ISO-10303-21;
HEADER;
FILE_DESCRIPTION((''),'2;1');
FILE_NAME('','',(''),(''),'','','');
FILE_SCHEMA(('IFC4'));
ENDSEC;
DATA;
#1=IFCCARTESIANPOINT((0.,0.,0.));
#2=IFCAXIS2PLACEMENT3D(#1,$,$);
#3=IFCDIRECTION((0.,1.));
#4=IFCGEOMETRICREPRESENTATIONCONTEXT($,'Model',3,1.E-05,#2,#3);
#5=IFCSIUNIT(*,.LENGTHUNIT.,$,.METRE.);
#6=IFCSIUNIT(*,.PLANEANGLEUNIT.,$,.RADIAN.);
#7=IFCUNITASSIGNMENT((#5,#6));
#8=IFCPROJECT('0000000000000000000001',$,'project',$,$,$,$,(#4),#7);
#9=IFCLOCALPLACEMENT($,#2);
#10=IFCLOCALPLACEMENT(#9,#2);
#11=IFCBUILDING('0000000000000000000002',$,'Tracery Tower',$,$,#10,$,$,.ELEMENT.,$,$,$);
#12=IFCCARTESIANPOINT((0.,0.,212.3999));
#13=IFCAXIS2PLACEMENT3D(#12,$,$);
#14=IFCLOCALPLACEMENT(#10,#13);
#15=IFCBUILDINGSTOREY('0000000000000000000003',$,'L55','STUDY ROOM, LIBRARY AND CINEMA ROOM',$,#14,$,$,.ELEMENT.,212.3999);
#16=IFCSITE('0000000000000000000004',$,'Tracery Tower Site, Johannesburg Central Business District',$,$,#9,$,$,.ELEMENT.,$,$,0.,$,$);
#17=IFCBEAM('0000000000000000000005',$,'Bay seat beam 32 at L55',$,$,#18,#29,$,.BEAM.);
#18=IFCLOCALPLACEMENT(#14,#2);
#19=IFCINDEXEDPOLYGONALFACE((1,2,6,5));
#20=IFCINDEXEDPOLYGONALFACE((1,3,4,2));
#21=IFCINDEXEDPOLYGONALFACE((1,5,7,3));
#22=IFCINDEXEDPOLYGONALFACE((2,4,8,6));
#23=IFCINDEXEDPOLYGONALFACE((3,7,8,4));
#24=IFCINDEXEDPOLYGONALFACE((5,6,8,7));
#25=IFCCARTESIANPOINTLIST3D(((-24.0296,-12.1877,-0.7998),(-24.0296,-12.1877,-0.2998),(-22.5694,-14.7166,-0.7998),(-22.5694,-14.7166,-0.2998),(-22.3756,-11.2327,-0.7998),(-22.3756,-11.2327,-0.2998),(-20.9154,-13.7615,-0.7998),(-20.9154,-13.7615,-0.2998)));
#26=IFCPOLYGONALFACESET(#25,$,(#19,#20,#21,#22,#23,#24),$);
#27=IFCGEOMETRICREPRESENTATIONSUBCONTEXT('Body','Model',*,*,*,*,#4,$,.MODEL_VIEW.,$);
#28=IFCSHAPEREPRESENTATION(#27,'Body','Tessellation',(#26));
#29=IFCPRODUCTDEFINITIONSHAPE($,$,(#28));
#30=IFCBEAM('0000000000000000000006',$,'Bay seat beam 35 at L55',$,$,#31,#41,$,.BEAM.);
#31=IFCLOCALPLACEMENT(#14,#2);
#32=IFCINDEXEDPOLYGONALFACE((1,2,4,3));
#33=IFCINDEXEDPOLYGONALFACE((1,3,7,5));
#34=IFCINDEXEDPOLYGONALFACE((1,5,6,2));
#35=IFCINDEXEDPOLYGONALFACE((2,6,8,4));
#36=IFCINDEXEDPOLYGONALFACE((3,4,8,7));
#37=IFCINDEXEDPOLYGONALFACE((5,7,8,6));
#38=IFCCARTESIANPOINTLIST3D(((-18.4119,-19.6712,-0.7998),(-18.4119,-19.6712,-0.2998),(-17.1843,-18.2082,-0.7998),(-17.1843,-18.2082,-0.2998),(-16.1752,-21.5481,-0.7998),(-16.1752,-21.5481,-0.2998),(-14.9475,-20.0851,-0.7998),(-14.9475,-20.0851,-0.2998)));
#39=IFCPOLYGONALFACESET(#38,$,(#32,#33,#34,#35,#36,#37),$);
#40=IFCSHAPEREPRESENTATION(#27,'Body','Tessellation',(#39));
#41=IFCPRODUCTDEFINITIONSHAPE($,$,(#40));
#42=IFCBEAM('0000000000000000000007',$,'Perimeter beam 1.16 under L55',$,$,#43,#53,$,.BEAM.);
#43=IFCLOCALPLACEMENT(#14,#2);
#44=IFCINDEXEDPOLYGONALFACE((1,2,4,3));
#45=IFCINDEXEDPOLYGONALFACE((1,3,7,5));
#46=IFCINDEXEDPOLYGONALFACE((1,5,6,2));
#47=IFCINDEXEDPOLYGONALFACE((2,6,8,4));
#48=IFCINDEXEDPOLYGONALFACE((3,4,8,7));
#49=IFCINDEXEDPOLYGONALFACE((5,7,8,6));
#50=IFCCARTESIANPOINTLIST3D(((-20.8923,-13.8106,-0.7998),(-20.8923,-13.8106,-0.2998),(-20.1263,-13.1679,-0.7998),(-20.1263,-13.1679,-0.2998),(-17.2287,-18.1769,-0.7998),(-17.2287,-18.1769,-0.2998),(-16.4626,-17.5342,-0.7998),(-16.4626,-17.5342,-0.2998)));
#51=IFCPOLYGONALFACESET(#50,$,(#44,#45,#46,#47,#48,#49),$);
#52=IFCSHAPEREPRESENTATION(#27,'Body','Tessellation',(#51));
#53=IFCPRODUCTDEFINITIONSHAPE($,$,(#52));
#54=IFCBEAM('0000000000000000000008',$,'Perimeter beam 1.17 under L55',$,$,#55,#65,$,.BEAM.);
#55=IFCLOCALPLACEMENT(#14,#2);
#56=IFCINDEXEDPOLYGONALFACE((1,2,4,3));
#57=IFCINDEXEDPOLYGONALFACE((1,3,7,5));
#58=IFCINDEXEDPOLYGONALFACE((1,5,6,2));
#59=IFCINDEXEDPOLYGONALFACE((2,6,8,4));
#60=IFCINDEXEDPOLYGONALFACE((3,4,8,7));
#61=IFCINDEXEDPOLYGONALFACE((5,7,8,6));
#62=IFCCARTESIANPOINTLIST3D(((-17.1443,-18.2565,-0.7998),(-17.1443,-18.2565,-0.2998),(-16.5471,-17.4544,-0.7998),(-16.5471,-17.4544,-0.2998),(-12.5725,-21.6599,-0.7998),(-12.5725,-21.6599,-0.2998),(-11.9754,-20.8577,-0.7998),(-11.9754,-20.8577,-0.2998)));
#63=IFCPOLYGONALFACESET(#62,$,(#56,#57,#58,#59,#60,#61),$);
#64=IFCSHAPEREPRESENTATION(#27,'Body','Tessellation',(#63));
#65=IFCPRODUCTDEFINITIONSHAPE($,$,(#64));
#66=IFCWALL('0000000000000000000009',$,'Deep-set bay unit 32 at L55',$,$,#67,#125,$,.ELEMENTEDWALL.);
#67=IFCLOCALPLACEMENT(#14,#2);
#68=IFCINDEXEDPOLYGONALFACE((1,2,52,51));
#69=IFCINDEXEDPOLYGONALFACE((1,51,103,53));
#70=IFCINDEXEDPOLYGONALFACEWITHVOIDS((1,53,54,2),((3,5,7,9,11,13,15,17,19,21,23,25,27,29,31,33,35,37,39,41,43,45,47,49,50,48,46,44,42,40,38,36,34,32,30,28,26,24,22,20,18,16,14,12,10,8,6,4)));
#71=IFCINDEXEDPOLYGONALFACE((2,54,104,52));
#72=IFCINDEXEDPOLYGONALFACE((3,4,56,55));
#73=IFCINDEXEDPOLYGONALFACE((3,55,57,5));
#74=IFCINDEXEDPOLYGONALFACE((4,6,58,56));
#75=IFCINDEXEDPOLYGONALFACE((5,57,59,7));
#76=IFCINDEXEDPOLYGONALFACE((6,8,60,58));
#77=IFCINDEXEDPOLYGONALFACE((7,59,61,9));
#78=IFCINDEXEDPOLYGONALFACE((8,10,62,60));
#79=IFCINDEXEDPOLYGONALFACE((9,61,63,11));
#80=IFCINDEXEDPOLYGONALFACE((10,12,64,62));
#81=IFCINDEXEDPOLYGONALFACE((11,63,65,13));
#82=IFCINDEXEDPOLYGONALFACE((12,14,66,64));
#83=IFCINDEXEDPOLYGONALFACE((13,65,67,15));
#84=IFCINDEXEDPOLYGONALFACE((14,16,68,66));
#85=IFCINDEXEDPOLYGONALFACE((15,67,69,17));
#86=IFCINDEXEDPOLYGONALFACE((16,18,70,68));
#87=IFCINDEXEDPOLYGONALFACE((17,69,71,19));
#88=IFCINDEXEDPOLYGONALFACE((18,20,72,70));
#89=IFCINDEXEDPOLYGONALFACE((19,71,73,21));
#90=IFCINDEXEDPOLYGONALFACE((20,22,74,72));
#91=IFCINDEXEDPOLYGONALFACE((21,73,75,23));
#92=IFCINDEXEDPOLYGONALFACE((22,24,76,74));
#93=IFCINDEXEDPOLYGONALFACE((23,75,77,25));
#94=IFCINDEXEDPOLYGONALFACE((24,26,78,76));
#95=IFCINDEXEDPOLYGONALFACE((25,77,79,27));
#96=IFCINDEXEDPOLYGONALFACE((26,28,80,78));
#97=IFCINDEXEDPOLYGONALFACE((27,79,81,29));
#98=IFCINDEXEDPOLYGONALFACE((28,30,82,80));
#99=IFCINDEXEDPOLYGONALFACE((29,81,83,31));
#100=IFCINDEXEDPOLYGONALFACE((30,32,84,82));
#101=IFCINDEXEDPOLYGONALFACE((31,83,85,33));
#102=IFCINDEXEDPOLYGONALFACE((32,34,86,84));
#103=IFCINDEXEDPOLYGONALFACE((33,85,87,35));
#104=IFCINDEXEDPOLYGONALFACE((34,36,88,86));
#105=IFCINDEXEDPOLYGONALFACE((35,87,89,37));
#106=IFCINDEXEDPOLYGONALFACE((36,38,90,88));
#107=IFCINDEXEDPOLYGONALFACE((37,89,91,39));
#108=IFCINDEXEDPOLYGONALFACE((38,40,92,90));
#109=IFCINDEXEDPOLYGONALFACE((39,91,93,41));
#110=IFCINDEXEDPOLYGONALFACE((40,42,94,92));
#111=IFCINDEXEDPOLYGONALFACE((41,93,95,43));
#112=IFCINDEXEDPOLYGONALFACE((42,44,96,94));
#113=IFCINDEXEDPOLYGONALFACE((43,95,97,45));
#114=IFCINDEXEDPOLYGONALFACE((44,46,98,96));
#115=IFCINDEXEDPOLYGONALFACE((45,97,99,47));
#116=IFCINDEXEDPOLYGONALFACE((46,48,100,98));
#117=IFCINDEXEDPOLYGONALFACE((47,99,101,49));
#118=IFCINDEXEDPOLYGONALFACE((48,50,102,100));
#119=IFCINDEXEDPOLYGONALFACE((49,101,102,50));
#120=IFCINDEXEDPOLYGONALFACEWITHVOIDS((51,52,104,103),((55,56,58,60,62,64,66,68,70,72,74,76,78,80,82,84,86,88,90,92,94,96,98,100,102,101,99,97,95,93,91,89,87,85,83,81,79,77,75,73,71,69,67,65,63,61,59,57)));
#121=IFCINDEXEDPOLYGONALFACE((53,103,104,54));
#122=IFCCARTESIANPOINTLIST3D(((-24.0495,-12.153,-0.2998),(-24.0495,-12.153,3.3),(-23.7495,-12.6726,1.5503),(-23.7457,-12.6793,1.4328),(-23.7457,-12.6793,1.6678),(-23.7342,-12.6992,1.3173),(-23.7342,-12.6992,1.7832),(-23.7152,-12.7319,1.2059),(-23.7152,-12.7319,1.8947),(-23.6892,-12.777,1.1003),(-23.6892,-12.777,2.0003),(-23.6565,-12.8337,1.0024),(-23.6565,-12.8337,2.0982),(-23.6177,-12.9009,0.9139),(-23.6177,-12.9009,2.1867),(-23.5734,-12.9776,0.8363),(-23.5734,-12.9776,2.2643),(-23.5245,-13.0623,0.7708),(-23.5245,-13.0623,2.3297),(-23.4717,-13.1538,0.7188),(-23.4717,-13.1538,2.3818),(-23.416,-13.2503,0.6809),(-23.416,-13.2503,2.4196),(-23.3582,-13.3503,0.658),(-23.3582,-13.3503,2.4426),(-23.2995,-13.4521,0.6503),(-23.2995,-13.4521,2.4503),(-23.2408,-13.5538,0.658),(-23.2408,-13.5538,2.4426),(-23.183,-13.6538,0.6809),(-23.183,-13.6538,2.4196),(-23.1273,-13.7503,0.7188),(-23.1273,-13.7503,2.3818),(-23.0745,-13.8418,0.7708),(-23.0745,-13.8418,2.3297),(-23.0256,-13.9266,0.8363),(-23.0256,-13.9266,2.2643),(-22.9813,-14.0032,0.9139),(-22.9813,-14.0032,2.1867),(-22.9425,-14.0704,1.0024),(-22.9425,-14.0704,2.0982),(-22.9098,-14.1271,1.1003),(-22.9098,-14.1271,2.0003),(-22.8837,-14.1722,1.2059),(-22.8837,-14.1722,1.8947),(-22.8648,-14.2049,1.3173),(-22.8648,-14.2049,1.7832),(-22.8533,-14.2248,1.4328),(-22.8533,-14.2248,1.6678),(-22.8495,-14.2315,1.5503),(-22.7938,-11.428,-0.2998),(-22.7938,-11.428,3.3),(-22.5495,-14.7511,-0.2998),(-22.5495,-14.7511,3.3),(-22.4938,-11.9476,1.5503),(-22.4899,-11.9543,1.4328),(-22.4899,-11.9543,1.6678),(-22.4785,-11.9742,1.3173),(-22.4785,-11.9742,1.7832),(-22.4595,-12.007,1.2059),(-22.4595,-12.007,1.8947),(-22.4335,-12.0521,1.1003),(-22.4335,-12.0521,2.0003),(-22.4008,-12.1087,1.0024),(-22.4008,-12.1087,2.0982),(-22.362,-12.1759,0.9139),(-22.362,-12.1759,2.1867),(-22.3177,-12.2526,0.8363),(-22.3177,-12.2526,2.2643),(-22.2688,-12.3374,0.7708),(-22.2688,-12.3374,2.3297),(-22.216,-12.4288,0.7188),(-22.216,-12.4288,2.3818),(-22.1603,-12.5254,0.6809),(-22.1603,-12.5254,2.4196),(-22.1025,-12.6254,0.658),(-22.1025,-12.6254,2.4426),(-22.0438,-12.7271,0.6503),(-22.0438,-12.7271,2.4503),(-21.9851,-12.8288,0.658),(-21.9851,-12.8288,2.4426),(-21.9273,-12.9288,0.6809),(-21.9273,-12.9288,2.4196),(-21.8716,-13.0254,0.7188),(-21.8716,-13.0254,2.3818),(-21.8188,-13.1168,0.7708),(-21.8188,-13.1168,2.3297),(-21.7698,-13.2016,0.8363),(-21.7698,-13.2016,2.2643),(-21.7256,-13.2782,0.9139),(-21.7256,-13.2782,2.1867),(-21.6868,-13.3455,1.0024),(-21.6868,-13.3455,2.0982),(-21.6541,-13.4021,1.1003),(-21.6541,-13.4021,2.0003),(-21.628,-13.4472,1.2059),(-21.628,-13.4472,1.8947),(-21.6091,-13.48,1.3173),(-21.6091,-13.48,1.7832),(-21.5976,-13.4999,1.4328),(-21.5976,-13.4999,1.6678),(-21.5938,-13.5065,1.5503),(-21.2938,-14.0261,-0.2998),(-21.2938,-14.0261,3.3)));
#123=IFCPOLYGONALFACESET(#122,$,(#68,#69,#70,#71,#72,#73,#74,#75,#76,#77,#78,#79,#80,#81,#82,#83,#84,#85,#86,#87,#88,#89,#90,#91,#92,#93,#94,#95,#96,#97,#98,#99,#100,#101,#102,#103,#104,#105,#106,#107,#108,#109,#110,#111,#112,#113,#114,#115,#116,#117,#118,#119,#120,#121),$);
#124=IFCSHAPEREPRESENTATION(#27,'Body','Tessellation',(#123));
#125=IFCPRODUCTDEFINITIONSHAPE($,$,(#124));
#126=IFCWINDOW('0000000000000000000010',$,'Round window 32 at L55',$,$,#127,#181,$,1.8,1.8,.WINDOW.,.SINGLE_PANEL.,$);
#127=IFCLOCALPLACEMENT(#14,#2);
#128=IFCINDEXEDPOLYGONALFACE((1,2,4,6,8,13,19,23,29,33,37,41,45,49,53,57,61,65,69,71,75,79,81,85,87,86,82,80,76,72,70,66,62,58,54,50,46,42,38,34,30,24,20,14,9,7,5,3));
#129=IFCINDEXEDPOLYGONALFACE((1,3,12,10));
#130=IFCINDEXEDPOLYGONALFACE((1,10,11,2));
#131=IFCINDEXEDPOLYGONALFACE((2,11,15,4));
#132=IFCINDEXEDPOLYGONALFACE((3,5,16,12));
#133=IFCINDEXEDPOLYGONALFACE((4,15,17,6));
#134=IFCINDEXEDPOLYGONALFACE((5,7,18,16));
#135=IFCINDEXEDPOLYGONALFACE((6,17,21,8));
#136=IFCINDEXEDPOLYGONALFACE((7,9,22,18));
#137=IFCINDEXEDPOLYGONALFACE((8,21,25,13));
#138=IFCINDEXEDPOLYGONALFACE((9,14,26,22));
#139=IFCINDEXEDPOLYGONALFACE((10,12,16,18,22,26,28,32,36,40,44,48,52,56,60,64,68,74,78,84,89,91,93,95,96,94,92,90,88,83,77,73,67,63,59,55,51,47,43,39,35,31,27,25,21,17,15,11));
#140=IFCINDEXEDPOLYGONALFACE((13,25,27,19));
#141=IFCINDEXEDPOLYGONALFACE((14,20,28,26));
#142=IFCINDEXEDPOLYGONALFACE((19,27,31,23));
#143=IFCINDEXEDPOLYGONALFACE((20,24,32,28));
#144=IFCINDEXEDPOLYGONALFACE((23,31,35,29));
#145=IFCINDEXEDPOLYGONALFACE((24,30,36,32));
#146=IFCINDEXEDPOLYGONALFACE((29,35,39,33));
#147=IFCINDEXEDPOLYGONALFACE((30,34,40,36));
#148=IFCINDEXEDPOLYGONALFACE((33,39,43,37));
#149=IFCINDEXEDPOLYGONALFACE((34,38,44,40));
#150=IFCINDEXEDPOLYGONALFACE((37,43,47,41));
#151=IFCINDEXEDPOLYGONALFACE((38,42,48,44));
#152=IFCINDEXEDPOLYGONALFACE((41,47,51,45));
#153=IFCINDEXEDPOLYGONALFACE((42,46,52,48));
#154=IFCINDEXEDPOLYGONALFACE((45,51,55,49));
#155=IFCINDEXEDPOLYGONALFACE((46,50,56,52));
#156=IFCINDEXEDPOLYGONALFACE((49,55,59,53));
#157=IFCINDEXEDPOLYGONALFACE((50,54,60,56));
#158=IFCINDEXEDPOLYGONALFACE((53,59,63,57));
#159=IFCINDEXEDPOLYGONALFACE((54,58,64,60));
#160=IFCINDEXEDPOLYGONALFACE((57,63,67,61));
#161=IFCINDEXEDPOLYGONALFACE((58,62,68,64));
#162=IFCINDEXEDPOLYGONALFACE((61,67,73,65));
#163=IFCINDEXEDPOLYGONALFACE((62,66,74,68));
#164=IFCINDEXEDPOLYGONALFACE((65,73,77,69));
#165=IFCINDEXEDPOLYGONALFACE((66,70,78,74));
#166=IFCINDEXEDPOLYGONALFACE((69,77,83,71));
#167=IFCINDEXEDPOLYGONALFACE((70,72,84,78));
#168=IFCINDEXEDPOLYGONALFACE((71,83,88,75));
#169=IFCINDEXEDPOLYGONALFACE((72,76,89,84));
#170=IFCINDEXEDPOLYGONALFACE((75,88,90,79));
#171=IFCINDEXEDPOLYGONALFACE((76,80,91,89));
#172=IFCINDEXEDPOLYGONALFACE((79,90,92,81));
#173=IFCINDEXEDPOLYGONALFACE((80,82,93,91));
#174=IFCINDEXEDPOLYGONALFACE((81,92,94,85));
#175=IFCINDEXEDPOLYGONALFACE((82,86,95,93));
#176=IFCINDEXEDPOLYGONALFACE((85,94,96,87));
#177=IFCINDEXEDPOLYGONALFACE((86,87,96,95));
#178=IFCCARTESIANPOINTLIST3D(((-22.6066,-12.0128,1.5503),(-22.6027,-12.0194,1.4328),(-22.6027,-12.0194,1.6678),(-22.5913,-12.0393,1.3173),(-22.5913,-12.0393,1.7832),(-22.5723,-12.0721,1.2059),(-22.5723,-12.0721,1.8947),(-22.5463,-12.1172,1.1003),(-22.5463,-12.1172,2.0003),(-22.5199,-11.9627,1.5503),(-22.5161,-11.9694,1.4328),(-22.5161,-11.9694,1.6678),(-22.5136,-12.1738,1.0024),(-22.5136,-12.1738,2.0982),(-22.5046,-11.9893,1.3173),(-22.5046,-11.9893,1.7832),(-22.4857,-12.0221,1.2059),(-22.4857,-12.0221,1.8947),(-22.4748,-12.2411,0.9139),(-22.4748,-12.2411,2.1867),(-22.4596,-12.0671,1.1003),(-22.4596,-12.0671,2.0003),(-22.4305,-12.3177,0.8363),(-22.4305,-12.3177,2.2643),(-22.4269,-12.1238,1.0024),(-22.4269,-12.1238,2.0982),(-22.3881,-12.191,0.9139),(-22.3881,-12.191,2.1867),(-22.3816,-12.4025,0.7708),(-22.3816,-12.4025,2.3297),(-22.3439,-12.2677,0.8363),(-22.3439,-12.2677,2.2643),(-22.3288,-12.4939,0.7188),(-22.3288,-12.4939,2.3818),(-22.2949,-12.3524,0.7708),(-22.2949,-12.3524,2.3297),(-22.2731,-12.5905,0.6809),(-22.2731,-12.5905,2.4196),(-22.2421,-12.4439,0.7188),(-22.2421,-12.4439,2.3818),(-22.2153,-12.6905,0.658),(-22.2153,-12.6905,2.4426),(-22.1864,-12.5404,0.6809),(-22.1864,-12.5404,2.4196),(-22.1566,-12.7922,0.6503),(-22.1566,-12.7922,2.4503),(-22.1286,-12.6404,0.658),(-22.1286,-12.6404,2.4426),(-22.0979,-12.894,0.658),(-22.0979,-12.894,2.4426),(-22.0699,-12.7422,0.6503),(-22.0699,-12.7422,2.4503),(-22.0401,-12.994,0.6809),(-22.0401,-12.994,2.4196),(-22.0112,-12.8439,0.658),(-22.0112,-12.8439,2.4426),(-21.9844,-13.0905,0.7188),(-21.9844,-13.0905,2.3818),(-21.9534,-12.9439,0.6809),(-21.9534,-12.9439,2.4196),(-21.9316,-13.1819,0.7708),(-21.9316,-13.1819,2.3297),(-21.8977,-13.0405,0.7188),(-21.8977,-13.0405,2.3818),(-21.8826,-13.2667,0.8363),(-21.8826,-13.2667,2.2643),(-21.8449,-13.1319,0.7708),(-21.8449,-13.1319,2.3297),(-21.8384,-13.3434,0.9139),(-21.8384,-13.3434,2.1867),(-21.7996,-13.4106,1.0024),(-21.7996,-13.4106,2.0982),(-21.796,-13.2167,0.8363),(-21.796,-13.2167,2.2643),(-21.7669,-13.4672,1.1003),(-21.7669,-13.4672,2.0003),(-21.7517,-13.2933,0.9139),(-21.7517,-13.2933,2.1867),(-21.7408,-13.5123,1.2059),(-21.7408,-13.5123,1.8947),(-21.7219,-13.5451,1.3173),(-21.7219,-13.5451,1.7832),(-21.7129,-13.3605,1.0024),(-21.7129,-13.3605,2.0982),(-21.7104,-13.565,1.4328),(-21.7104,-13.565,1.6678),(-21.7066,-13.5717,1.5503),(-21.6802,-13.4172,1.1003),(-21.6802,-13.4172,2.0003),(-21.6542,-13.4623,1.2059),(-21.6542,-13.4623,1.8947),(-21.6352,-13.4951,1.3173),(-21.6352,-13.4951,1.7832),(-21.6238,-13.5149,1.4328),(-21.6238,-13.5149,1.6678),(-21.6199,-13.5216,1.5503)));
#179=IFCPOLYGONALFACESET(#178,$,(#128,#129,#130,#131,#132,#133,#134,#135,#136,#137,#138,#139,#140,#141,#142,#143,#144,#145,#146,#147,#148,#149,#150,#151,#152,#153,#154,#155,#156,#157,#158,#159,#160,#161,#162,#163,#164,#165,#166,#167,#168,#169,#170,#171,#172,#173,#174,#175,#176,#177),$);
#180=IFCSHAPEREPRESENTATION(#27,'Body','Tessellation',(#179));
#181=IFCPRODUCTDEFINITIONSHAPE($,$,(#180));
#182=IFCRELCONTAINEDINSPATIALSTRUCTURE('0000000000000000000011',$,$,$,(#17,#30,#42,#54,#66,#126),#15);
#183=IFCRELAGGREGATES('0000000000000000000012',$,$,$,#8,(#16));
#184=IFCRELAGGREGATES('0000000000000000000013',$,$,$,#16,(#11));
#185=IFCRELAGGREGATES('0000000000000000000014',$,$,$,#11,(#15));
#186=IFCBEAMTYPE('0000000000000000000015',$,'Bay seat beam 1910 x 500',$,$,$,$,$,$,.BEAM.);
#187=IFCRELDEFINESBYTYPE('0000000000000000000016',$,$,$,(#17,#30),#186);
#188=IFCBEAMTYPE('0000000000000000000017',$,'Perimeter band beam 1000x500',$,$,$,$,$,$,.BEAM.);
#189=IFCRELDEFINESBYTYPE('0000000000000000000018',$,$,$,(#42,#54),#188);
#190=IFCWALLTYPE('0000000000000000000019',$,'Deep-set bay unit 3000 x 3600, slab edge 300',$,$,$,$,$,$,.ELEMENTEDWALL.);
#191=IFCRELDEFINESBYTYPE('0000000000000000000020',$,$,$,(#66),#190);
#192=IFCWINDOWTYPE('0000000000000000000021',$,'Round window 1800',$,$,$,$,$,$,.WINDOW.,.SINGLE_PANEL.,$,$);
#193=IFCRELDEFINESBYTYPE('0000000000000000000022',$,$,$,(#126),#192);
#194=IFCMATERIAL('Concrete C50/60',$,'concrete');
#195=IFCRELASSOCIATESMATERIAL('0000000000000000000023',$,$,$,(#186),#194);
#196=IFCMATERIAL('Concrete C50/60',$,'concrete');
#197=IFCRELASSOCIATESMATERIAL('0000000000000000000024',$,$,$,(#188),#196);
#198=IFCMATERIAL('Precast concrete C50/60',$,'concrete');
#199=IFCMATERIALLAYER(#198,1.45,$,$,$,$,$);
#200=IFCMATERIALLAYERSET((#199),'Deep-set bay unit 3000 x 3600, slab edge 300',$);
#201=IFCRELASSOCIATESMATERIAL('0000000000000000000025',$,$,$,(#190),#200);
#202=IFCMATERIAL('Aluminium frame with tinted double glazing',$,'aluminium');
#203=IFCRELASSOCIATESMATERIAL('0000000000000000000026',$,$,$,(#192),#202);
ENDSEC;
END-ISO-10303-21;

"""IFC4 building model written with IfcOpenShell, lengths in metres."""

from ifc_helpers import new_model, si_unit, direction, frame, frame_2d, origin, origin_2d, place, context, subcontext, project, spatial, rectangle, circle, extrude, material, layer, layer_set, material_profile, profile_set, type_object, element, fill, save


model = new_model("IFC4")

# Units and contexts
model_context = context("Model", 3, precision=1e-05, world=origin(), true_north=direction((0.0, 1.0)))
body_context = subcontext(model_context, "Body", "Model", "MODEL_VIEW")
ifc_project = project(units=[si_unit("LENGTHUNIT", "METRE"), si_unit("PLANEANGLEUNIT", "RADIAN")], contexts=[model_context])

# Site, building, storey
site_placement = place(None, origin())
site = spatial("IfcSite", under=ifc_project, at=site_placement, Name="Tracery Tower Site, Johannesburg Central Business District", CompositionType="ELEMENT", RefElevation=0.0)
building_placement = place(site_placement, origin())
building = spatial("IfcBuilding", under=site, at=building_placement, Name="Tracery Tower", CompositionType="ELEMENT")
storey_placement = place(building_placement, frame((0.0, 0.0, 212.3999)))
storey = spatial("IfcBuildingStorey", under=building, at=storey_placement, Name="L55", Description="STUDY ROOM, LIBRARY AND CINEMA ROOM", CompositionType="ELEMENT", Elevation=212.3999)

# Beams
ifc_material_1 = material(Name="Concrete C50/60", Category="concrete")
ifc_material_profile_1 = material_profile(ifc_material_1, rectangle(XDim=1.9099, YDim=0.5, at=origin_2d()), Name="RC 1910x500")
ifc_profile_set_1 = profile_set([ifc_material_profile_1], Name="Concrete C50/60")
beam_type_1 = type_object("IfcBeamType", Name="Bay seat beam 1910 x 500", PredefinedType="BEAM", material=ifc_profile_set_1)
beam_1_placement = place(storey_placement, frame((-23.2026, -11.7102, -0.5498), z_axis=(0.500051, -0.865996, 0.0), x_axis=(0.865996, 0.500051, 0.0)))
element("IfcBeam", 1, at=beam_1_placement, inside=storey, type_object=beam_type_1, Name="Bay seat beam 32 at L55", PredefinedType="BEAM", context=body_context, shape_type="SweptSolid", body=[
    extrude(rectangle(XDim=1.9099, YDim=0.5, at=origin_2d()), origin(), (0.0, 0.0, 1.0), 2.9202),
])
beam_2_placement = place(storey_placement, frame((-17.7981, -18.9397, -0.5498), z_axis=(0.766037, -0.642796, 0.0), x_axis=(0.642796, 0.766037, 0.0)))
element("IfcBeam", 2, at=beam_2_placement, inside=storey, type_object=beam_type_1, Name="Bay seat beam 35 at L55", PredefinedType="BEAM", context=body_context, shape_type="SweptSolid", body=[
    extrude(rectangle(XDim=1.9099, YDim=0.5, at=origin_2d()), origin(), (0.0, 0.0, 1.0), 2.9199),
])
ifc_material_2 = material(Name="Concrete C50/60", Category="concrete")
ifc_material_profile_2 = material_profile(ifc_material_2, rectangle(XDim=1.0, YDim=0.5, at=origin_2d()), Name="RC 1000x500")
ifc_profile_set_2 = profile_set([ifc_material_profile_2], Name="Concrete C50/60")
beam_type_2 = type_object("IfcBeamType", Name="Perimeter band beam 1000x500", PredefinedType="BEAM", material=ifc_profile_set_2)
beam_3_placement = place(storey_placement, frame((-20.5093, -13.4893, -0.5498), z_axis=(0.642776, -0.766054, 0.0), x_axis=(0.766054, 0.642776, 0.0)))
element("IfcBeam", 3, at=beam_3_placement, inside=storey, type_object=beam_type_2, Name="Perimeter beam 1.16 under L55", PredefinedType="BEAM", context=body_context, shape_type="SweptSolid", body=[
    extrude(rectangle(XDim=1.0, YDim=0.5, at=origin_2d()), origin(), (0.0, 0.0, 1.0), 5.6997),
])
beam_4_placement = place(storey_placement, frame((-16.8457, -17.8555, -0.5498), z_axis=(0.802144, -0.597131, 0.0), x_axis=(0.597131, 0.802144, 0.0)))
element("IfcBeam", 4, at=beam_4_placement, inside=storey, type_object=beam_type_2, Name="Perimeter beam 1.17 under L55", PredefinedType="BEAM", context=body_context, shape_type="SweptSolid", body=[
    extrude(rectangle(XDim=1.0, YDim=0.5, at=origin_2d()), origin(), (0.0, 0.0, 1.0), 5.6995),
])

# Wall, opening, window
ifc_material_3 = material(Name="Precast concrete C50/60", Category="concrete")
ifc_layer_1 = layer(ifc_material_3, 1.45)
ifc_layer_set_1 = layer_set([ifc_layer_1], Name="Deep-set bay unit 3000 x 3600, slab edge 300")
wall_type_1 = type_object("IfcWallType", Name="Deep-set bay unit 3000 x 3600, slab edge 300", PredefinedType="ELEMENTEDWALL", material=ifc_layer_set_1)
wall_1_placement = place(storey_placement, frame((-23.4216, -11.7905, -0.2998), z_axis=(0.0, 0.0, 1.0), x_axis=(0.49999, -0.866031, 0.0)))
wall_1 = element("IfcWall", 5, at=wall_1_placement, inside=storey, type_object=wall_type_1, Name="Deep-set bay unit 32 at L55", PredefinedType="ELEMENTEDWALL", context=body_context, shape_type="SweptSolid", body=[
    extrude(rectangle(XDim=3.0, YDim=1.45, at=frame_2d((1.5, 0.0))), origin(), (0.0, 0.0, 1.0), 3.5999),
])
opening_1_placement = place(wall_1_placement, frame((1.5, 0.0, 1.8501)))
opening_1 = element("IfcOpeningElement", 6, at=opening_1_placement, cuts=wall_1, PredefinedType="OPENING", context=body_context, shape_type="SweptSolid", body=[
    extrude(circle(Radius=0.9, at=origin_2d()), frame((0.0, 0.7349, 0.0), z_axis=(0.0, -1.0, 0.0), x_axis=(1.0, 0.0, 0.0)), (0.0, 0.0, 1.0), 1.47),
])
ifc_material_4 = material(Name="Aluminium frame with tinted double glazing", Category="aluminium")
window_type = type_object("IfcWindowType", Name="Round window 1800", PartitioningType="SINGLE_PANEL", PredefinedType="WINDOW", material=ifc_material_4)
window_1_placement = place(opening_1_placement, origin())
window_1 = element("IfcWindow", 7, at=window_1_placement, inside=storey, type_object=window_type, Name="Round window 32 at L55", OverallHeight=1.8, OverallWidth=1.8, PartitioningType="SINGLE_PANEL", PredefinedType="WINDOW", context=body_context, shape_type="SweptSolid", body=[
    extrude(circle(Radius=0.9, at=origin_2d()), frame((0.0, 0.6948, 0.0), z_axis=(0.0, -1.0, 0.0), x_axis=(1.0, 0.0, 0.0)), (0.0, 0.0, 1.0), 0.1001),
])
fill(opening_1, window_1)

save(model, "model.ifc")
